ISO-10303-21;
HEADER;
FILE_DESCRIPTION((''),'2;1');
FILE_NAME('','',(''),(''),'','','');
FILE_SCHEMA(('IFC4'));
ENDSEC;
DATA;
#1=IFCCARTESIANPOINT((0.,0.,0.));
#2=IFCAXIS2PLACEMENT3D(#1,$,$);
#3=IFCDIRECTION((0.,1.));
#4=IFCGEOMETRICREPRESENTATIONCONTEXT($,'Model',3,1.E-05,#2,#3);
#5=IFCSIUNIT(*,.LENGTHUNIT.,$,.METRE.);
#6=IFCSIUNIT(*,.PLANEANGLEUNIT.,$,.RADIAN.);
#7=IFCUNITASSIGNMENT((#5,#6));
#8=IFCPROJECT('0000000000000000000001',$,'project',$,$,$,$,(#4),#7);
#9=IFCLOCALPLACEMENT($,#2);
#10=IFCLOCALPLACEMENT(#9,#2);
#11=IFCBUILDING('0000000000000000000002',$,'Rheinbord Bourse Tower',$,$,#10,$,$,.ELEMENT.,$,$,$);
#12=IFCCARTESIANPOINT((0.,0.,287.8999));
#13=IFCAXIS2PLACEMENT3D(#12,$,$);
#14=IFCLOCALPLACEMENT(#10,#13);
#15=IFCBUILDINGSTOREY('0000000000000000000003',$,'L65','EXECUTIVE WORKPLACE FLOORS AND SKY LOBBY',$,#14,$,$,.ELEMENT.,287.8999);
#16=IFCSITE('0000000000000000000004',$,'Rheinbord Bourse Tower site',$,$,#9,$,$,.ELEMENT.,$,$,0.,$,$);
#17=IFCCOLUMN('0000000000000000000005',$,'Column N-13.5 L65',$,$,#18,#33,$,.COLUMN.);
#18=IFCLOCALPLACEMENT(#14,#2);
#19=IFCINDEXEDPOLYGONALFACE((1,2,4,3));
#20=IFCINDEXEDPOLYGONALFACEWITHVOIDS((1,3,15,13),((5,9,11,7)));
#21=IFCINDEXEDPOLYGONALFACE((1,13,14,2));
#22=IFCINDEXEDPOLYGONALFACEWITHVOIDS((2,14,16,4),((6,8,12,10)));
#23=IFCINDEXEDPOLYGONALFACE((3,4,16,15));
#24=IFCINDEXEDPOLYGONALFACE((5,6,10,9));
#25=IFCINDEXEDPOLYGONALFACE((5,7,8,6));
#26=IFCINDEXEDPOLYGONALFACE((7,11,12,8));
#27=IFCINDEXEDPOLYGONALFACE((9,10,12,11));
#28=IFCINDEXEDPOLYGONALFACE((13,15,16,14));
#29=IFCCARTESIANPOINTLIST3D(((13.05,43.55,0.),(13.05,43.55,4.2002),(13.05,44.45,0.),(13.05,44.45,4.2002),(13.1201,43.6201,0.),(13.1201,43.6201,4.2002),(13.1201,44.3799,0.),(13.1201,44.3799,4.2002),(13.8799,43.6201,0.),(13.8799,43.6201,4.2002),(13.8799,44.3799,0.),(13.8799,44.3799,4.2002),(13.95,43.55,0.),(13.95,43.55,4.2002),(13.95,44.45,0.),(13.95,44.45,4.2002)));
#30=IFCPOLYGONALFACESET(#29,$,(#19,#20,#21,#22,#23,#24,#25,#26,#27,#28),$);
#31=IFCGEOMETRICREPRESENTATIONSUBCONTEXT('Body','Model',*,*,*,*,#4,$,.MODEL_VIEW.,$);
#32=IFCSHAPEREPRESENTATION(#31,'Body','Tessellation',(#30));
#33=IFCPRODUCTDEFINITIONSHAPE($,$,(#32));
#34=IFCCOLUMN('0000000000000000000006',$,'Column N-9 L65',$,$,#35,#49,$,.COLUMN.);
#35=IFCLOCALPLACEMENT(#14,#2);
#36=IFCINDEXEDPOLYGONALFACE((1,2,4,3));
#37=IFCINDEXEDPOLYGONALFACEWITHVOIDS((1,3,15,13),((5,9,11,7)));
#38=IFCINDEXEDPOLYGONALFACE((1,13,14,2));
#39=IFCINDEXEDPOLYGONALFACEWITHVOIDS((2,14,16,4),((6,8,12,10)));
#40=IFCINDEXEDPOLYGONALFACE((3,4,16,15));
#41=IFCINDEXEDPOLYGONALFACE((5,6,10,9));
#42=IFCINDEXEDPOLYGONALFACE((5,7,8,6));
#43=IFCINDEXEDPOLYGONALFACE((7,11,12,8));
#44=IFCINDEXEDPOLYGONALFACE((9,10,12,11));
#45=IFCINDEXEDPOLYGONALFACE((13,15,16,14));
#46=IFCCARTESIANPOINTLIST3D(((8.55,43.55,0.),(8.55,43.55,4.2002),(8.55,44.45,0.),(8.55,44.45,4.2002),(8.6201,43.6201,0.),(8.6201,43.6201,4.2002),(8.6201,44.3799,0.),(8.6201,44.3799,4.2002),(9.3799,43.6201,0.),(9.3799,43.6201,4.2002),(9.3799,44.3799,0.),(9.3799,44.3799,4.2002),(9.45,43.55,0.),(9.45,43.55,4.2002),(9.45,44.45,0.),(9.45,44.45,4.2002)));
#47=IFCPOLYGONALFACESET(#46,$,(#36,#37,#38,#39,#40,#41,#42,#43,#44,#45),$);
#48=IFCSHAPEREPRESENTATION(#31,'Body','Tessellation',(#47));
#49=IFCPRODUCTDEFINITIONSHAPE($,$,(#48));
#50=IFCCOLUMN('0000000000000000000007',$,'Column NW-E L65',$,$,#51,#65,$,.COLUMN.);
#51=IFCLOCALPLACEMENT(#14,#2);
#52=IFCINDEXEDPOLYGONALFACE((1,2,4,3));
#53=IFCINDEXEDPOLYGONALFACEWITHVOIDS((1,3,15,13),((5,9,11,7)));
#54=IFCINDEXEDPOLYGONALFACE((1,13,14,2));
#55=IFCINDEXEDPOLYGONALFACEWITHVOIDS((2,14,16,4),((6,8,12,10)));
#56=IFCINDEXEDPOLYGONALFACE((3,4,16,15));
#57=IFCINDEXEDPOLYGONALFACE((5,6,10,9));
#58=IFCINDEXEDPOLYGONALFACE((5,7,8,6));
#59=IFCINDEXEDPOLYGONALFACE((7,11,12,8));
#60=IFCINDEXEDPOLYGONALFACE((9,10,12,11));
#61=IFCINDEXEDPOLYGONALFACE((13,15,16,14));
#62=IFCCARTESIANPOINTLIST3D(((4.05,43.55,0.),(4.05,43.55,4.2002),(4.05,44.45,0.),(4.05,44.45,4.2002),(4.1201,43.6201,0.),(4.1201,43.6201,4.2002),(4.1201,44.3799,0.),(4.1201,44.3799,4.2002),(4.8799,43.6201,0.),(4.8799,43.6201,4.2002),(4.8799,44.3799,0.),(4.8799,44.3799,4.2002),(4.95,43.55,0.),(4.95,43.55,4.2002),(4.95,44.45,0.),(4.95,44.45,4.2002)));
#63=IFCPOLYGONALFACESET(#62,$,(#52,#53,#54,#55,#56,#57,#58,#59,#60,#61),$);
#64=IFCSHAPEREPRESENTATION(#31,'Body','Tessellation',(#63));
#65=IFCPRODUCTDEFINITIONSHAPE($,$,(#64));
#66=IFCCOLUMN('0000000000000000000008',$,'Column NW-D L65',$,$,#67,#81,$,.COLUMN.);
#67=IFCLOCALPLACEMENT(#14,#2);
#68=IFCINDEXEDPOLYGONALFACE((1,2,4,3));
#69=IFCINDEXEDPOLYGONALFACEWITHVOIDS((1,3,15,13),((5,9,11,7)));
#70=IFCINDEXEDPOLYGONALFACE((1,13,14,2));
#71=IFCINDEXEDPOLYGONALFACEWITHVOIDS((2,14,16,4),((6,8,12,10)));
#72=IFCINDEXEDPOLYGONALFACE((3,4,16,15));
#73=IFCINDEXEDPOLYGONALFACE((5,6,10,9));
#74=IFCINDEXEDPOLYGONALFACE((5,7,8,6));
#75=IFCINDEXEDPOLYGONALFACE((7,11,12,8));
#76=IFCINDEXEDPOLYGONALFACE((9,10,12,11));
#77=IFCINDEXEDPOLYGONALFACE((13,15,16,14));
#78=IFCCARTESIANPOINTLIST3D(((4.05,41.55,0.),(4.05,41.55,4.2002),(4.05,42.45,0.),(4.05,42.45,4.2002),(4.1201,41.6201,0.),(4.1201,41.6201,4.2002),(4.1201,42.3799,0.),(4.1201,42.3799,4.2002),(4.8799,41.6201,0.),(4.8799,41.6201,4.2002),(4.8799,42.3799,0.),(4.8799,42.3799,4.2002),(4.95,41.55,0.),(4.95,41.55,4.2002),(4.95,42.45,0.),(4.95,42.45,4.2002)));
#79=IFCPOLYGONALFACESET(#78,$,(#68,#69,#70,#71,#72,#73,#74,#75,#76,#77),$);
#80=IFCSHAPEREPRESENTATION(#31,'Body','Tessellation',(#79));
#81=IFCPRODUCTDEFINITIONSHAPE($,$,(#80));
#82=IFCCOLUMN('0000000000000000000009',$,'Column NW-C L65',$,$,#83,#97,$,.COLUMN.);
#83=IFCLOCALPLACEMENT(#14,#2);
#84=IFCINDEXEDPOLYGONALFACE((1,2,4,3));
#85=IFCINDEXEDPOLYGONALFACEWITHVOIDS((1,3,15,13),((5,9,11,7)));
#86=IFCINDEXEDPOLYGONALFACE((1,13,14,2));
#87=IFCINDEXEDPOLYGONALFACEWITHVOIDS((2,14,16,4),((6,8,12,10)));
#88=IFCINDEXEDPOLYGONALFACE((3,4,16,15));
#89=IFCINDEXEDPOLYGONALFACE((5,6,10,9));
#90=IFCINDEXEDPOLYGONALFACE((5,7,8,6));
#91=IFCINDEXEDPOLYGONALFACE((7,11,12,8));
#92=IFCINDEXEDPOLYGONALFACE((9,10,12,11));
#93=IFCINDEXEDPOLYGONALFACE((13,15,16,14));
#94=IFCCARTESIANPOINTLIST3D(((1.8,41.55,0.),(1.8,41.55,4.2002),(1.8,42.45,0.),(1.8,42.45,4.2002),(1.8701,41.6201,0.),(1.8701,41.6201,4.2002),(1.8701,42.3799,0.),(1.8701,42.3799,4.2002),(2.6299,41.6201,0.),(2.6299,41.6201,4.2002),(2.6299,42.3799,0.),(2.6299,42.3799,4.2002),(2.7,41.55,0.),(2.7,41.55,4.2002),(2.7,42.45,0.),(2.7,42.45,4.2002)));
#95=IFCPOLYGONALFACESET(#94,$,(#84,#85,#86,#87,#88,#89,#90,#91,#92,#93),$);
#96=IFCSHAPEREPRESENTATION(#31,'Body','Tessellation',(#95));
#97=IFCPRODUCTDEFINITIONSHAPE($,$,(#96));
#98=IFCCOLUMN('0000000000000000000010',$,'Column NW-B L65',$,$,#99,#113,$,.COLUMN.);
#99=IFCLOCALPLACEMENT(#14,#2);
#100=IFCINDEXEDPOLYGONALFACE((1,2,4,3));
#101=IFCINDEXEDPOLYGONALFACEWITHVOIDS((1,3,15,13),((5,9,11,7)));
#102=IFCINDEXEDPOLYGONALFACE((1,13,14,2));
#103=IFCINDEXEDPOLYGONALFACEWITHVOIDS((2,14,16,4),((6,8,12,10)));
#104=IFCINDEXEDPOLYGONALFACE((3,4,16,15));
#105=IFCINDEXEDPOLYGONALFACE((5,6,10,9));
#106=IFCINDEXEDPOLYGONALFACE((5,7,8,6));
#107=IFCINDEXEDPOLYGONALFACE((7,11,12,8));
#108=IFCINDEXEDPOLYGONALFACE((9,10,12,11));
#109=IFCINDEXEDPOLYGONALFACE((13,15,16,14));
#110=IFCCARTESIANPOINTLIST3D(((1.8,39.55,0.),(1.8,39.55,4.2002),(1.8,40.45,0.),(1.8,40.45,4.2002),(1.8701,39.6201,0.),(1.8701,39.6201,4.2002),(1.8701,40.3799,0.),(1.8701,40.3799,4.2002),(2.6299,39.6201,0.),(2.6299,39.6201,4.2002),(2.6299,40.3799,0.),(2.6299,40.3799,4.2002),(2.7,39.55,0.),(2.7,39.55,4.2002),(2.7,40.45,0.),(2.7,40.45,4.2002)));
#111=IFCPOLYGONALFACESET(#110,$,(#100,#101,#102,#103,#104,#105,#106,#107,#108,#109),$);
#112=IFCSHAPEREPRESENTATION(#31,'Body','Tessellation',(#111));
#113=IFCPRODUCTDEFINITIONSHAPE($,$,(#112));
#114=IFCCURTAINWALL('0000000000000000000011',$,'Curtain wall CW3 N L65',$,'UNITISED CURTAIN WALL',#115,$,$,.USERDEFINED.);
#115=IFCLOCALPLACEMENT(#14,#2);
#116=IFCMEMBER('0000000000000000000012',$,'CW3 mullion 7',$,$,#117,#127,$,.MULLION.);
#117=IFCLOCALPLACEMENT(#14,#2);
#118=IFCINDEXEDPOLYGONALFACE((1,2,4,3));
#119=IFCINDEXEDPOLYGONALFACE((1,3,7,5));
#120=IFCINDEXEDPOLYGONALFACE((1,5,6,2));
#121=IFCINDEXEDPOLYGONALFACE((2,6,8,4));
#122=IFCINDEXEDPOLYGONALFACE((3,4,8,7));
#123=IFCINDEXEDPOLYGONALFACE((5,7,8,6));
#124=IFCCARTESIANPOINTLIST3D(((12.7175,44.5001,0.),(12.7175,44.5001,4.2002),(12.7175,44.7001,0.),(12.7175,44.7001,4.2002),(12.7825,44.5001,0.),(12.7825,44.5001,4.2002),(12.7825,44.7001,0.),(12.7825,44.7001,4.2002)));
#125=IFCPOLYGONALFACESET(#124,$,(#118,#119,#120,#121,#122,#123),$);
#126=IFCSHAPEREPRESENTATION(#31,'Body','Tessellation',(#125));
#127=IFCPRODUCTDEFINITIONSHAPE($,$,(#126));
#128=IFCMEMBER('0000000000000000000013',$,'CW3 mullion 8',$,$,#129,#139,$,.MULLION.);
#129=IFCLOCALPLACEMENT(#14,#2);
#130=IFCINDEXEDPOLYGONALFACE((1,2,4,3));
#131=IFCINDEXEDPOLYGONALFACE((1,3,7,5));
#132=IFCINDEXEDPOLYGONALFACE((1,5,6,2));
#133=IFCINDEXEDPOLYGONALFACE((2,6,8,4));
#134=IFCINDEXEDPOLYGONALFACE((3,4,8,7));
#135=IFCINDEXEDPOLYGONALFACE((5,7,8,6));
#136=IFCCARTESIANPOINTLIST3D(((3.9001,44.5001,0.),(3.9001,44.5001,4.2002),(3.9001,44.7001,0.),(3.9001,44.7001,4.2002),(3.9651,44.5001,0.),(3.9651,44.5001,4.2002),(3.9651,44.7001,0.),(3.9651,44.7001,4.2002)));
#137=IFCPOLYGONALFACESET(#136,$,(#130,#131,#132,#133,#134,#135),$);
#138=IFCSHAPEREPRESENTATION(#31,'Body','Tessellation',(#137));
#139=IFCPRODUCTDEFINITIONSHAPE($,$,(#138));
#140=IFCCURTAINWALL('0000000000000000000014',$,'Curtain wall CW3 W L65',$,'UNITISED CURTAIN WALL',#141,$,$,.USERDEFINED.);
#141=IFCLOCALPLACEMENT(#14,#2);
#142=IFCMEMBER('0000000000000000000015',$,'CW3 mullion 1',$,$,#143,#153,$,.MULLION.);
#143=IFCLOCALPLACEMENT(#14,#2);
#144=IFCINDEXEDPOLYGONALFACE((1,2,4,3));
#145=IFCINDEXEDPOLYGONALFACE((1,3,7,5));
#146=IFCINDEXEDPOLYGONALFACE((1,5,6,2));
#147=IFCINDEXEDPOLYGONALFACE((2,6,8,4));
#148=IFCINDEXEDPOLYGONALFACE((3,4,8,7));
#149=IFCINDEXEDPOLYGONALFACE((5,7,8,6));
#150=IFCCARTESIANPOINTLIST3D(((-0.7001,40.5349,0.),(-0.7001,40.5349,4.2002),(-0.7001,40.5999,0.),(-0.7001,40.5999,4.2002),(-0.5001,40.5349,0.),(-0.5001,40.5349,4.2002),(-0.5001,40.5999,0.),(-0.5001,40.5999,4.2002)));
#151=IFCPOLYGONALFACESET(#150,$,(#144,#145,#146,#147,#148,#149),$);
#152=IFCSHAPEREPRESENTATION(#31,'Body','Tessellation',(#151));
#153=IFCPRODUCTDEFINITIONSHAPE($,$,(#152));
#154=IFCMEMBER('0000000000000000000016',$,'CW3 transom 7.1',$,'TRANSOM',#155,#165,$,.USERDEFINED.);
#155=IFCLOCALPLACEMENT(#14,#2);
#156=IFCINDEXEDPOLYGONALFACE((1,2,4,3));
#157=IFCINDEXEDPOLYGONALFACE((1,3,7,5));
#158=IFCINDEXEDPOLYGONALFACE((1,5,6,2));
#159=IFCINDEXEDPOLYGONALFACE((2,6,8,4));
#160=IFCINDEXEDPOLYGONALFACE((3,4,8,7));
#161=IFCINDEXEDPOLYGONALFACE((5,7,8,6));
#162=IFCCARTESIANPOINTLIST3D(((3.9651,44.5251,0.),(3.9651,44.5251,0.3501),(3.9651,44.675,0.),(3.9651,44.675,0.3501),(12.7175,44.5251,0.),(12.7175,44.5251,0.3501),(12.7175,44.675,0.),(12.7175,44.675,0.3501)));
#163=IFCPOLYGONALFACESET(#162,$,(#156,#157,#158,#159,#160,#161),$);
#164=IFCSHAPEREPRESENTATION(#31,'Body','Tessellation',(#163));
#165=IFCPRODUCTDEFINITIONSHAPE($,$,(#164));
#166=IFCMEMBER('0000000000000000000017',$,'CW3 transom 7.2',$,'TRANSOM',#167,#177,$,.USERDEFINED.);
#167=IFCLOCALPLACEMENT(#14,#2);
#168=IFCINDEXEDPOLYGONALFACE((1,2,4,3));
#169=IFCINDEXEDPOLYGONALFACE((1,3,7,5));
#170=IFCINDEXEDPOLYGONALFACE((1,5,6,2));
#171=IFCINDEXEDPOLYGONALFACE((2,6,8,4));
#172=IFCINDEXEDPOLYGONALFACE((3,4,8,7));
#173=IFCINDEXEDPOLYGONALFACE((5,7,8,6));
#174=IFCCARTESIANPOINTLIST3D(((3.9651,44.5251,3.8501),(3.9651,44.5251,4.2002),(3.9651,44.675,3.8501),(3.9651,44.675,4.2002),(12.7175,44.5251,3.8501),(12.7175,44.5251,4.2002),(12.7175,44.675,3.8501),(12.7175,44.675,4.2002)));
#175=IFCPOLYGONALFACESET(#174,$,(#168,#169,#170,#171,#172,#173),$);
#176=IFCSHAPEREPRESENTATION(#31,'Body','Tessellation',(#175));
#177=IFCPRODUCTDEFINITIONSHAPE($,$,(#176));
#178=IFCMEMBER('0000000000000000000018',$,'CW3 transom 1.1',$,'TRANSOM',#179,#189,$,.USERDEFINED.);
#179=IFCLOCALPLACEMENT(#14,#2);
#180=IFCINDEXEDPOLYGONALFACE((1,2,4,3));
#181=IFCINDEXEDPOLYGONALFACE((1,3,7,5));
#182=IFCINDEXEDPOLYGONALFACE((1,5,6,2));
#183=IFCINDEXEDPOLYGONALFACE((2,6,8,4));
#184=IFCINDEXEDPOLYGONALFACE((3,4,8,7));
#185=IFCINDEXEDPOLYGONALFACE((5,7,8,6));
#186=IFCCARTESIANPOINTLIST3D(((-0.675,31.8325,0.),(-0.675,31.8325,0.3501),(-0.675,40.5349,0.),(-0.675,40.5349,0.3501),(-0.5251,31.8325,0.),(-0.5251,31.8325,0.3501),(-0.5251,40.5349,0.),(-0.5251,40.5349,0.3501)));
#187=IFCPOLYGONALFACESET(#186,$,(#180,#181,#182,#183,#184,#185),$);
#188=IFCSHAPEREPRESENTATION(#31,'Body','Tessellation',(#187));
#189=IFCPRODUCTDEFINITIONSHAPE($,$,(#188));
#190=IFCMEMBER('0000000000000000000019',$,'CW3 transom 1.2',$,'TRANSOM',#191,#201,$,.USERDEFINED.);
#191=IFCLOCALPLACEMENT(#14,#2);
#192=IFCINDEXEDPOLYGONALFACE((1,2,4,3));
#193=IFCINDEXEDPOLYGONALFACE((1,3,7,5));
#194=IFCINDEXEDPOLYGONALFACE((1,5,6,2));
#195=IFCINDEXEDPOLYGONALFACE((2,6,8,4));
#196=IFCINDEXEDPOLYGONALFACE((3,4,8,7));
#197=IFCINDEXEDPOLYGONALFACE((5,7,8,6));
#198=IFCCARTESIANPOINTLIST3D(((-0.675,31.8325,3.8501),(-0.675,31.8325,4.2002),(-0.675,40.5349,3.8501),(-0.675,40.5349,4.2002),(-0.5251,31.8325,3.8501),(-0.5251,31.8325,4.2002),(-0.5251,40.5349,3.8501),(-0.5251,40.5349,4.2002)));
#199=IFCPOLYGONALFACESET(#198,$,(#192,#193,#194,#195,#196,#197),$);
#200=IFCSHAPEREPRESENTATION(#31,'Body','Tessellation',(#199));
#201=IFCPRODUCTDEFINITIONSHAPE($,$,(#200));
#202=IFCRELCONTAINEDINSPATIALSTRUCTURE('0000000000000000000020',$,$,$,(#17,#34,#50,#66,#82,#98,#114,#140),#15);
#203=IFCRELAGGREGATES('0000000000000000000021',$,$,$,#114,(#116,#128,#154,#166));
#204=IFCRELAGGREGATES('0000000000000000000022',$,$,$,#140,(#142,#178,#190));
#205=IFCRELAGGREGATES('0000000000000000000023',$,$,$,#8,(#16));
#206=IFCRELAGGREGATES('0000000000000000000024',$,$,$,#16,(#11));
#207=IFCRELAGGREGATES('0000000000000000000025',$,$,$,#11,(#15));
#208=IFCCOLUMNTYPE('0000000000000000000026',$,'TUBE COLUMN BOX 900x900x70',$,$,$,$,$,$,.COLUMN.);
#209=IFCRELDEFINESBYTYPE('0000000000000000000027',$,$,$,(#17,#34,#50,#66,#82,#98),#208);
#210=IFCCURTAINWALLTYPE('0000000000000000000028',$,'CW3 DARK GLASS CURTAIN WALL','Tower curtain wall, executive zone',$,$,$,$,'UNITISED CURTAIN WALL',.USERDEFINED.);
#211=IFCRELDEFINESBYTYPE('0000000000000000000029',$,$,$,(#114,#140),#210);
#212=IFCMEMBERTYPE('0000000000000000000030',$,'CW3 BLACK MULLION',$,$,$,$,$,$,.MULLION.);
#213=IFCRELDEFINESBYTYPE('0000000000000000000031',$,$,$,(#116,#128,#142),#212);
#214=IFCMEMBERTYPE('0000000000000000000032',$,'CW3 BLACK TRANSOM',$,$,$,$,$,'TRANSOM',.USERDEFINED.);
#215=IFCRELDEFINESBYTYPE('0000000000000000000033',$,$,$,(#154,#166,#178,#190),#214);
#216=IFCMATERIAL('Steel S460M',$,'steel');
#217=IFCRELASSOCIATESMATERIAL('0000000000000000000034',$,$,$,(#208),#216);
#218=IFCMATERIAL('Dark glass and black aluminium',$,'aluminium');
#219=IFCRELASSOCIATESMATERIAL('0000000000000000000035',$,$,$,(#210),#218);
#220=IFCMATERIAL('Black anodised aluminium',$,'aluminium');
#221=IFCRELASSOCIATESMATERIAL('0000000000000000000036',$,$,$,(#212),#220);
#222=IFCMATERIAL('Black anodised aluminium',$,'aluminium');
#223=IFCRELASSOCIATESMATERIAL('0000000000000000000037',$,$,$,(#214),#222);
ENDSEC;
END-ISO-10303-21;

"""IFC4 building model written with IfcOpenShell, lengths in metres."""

from ifc_helpers import new_model, si_unit, direction, frame, origin, origin_2d, place, context, subcontext, project, spatial, rectangle, hollow_rectangle, extrude, material, material_profile, profile_set, type_object, element, aggregate, save


model = new_model("IFC4")

# Units and contexts
model_context = context("Model", 3, precision=1e-05, world=origin(), true_north=direction((0.0, 1.0)))
body_context = subcontext(model_context, "Body", "Model", "MODEL_VIEW")
ifc_project = project(units=[si_unit("LENGTHUNIT", "METRE"), si_unit("PLANEANGLEUNIT", "RADIAN")], contexts=[model_context])

# Site, building, storey
site_placement = place(None, origin())
site = spatial("IfcSite", under=ifc_project, at=site_placement, Name="Rheinbord Bourse Tower site", CompositionType="ELEMENT", RefElevation=0.0)
building_placement = place(site_placement, origin())
building = spatial("IfcBuilding", under=site, at=building_placement, Name="Rheinbord Bourse Tower", CompositionType="ELEMENT")
storey_placement = place(building_placement, frame((0.0, 0.0, 287.8999)))
storey = spatial("IfcBuildingStorey", under=building, at=storey_placement, Name="L65", Description="EXECUTIVE WORKPLACE FLOORS AND SKY LOBBY", CompositionType="ELEMENT", Elevation=287.8999)

# Columns
ifc_material_1 = material(Name="Steel S460M", Category="steel")
ifc_material_profile_1 = material_profile(ifc_material_1, hollow_rectangle(XDim=0.8999, YDim=0.8999, WallThickness=0.0701, at=origin_2d()), Name="BOX 900x900x70")
ifc_profile_set_1 = profile_set([ifc_material_profile_1], Name="Steel S460M")
column_type = type_object("IfcColumnType", Name="TUBE COLUMN BOX 900x900x70", PredefinedType="COLUMN", material=ifc_profile_set_1)
for number, where, z_axis, x_axis, name in (
    (1, (13.5, 44.0, 0.0), (0.0, 0.0, 1.0), (0.0, 1.0, 0.0), "Column N-13.5 L65"),
    (2, (9.0, 44.0, 0.0), (0.0, 0.0, 1.0), (0.0, 1.0, 0.0), "Column N-9 L65"),
    (3, (4.5, 44.0, 0.0), (0.0, 0.0, 1.0), (0.0, 1.0, 0.0), "Column NW-E L65"),
    (4, (4.5, 42.0, 0.0), (0.0, 0.0, 1.0), (0.0, 1.0, 0.0), "Column NW-D L65"),
    (5, (2.25, 42.0, 0.0), (0.0, 0.0, 1.0), (1.0, 0.0, 0.0), "Column NW-C L65"),
    (6, (2.25, 40.0, 0.0), (0.0, 0.0, 1.0), (1.0, 0.0, 0.0), "Column NW-B L65"),
):
    element("IfcColumn", number, at=place(storey_placement, frame(where, z_axis=z_axis, x_axis=x_axis)), inside=storey, type_object=column_type, Name=name, PredefinedType="COLUMN", context=body_context, shape_type="SweptSolid", body=[
        extrude(hollow_rectangle(XDim=0.8999, YDim=0.8999, WallThickness=0.0701, at=origin_2d()), origin(), (0.0, 0.0, 1.0), 4.2002),
    ])

# Curtain wall, members
ifc_material_2 = material(Name="Dark glass and black aluminium", Category="aluminium")
curtain_wall_type = type_object("IfcCurtainWallType", Name="CW3 DARK GLASS CURTAIN WALL", Description="Tower curtain wall, executive zone", ElementType="UNITISED CURTAIN WALL", PredefinedType="USERDEFINED", material=ifc_material_2)
curtain_wall_1_placement = place(storey_placement, origin())
curtain_wall_1 = element("IfcCurtainWall", 7, at=curtain_wall_1_placement, inside=storey, type_object=curtain_wall_type, Name="Curtain wall CW3 N L65", ObjectType="UNITISED CURTAIN WALL", PredefinedType="USERDEFINED")
ifc_material_3 = material(Name="Black anodised aluminium", Category="aluminium")
ifc_material_profile_2 = material_profile(ifc_material_3, rectangle(XDim=0.2, YDim=0.0649, at=origin_2d()), Name="CW3 MULLION 65x200")
ifc_profile_set_2 = profile_set([ifc_material_profile_2], Name="Black anodised aluminium")
member_type_1 = type_object("IfcMemberType", Name="CW3 BLACK MULLION", PredefinedType="MULLION", material=ifc_profile_set_2)
member_1_placement = place(storey_placement, frame((12.75, 44.6001, 0.0), z_axis=(0.0, 0.0, 1.0), x_axis=(0.0, -1.0, 0.0)))
member_1 = element("IfcMember", 8, at=member_1_placement, type_object=member_type_1, Name="CW3 mullion 7", PredefinedType="MULLION", context=body_context, shape_type="SweptSolid", body=[
    extrude(rectangle(XDim=0.2, YDim=0.0649, at=origin_2d()), origin(), (0.0, 0.0, 1.0), 4.2002),
])
member_2_placement = place(storey_placement, frame((3.9326, 44.6001, 0.0), z_axis=(0.0, 0.0, 1.0), x_axis=(0.0, -1.0, 0.0)))
member_2 = element("IfcMember", 9, at=member_2_placement, type_object=member_type_1, Name="CW3 mullion 8", PredefinedType="MULLION", context=body_context, shape_type="SweptSolid", body=[
    extrude(rectangle(XDim=0.2, YDim=0.0649, at=origin_2d()), origin(), (0.0, 0.0, 1.0), 4.2002),
])

# Curtain wall, member
curtain_wall_2_placement = place(storey_placement, origin())
curtain_wall_2 = element("IfcCurtainWall", 10, at=curtain_wall_2_placement, inside=storey, type_object=curtain_wall_type, Name="Curtain wall CW3 W L65", ObjectType="UNITISED CURTAIN WALL", PredefinedType="USERDEFINED")
member_3_placement = place(storey_placement, frame((-0.6001, 40.5674, 0.0), z_axis=(0.0, 0.0, 1.0), x_axis=(1.0, 0.0, 0.0)))
member_3 = element("IfcMember", 11, at=member_3_placement, type_object=member_type_1, Name="CW3 mullion 1", PredefinedType="MULLION", context=body_context, shape_type="SweptSolid", body=[
    extrude(rectangle(XDim=0.2, YDim=0.0649, at=origin_2d()), origin(), (0.0, 0.0, 1.0), 4.2002),
])

# Members
ifc_material_4 = material(Name="Black anodised aluminium", Category="aluminium")
ifc_material_profile_3 = material_profile(ifc_material_4, rectangle(XDim=0.1499, YDim=0.3501, at=origin_2d()), Name="CW3 TRANSOM 350x150")
ifc_profile_set_3 = profile_set([ifc_material_profile_3], Name="Black anodised aluminium")
member_type_2 = type_object("IfcMemberType", Name="CW3 BLACK TRANSOM", ElementType="TRANSOM", PredefinedType="USERDEFINED", material=ifc_profile_set_3)
member_4_placement = place(storey_placement, frame((12.7175, 44.6001, 0.175), z_axis=(-1.0, 0.0, 0.0), x_axis=(0.0, -1.0, 0.0)))
member_4 = element("IfcMember", 12, at=member_4_placement, type_object=member_type_2, Name="CW3 transom 7.1", ObjectType="TRANSOM", PredefinedType="USERDEFINED", context=body_context, shape_type="SweptSolid", body=[
    extrude(rectangle(XDim=0.1499, YDim=0.3501, at=origin_2d()), origin(), (0.0, 0.0, 1.0), 8.7524),
])
member_5_placement = place(storey_placement, frame((12.7175, 44.6001, 4.0251), z_axis=(-1.0, 0.0, 0.0), x_axis=(0.0, -1.0, 0.0)))
member_5 = element("IfcMember", 13, at=member_5_placement, type_object=member_type_2, Name="CW3 transom 7.2", ObjectType="TRANSOM", PredefinedType="USERDEFINED", context=body_context, shape_type="SweptSolid", body=[
    extrude(rectangle(XDim=0.1499, YDim=0.3501, at=origin_2d()), origin(), (0.0, 0.0, 1.0), 8.7524),
])
member_6_placement = place(storey_placement, frame((-0.6001, 40.5349, 0.175), z_axis=(0.0, -1.0, 0.0), x_axis=(1.0, 0.0, 0.0)))
member_6 = element("IfcMember", 14, at=member_6_placement, type_object=member_type_2, Name="CW3 transom 1.1", ObjectType="TRANSOM", PredefinedType="USERDEFINED", context=body_context, shape_type="SweptSolid", body=[
    extrude(rectangle(XDim=0.1499, YDim=0.3501, at=origin_2d()), origin(), (0.0, 0.0, 1.0), 8.7024),
])
member_7_placement = place(storey_placement, frame((-0.6001, 40.5349, 4.0251), z_axis=(0.0, -1.0, 0.0), x_axis=(1.0, 0.0, 0.0)))
member_7 = element("IfcMember", 15, at=member_7_placement, type_object=member_type_2, Name="CW3 transom 1.2", ObjectType="TRANSOM", PredefinedType="USERDEFINED", context=body_context, shape_type="SweptSolid", body=[
    extrude(rectangle(XDim=0.1499, YDim=0.3501, at=origin_2d()), origin(), (0.0, 0.0, 1.0), 8.7024),
])

aggregate(curtain_wall_1, [member_1, member_2, member_4, member_5])
aggregate(curtain_wall_2, [member_3, member_6, member_7])

save(model, "model.ifc")
